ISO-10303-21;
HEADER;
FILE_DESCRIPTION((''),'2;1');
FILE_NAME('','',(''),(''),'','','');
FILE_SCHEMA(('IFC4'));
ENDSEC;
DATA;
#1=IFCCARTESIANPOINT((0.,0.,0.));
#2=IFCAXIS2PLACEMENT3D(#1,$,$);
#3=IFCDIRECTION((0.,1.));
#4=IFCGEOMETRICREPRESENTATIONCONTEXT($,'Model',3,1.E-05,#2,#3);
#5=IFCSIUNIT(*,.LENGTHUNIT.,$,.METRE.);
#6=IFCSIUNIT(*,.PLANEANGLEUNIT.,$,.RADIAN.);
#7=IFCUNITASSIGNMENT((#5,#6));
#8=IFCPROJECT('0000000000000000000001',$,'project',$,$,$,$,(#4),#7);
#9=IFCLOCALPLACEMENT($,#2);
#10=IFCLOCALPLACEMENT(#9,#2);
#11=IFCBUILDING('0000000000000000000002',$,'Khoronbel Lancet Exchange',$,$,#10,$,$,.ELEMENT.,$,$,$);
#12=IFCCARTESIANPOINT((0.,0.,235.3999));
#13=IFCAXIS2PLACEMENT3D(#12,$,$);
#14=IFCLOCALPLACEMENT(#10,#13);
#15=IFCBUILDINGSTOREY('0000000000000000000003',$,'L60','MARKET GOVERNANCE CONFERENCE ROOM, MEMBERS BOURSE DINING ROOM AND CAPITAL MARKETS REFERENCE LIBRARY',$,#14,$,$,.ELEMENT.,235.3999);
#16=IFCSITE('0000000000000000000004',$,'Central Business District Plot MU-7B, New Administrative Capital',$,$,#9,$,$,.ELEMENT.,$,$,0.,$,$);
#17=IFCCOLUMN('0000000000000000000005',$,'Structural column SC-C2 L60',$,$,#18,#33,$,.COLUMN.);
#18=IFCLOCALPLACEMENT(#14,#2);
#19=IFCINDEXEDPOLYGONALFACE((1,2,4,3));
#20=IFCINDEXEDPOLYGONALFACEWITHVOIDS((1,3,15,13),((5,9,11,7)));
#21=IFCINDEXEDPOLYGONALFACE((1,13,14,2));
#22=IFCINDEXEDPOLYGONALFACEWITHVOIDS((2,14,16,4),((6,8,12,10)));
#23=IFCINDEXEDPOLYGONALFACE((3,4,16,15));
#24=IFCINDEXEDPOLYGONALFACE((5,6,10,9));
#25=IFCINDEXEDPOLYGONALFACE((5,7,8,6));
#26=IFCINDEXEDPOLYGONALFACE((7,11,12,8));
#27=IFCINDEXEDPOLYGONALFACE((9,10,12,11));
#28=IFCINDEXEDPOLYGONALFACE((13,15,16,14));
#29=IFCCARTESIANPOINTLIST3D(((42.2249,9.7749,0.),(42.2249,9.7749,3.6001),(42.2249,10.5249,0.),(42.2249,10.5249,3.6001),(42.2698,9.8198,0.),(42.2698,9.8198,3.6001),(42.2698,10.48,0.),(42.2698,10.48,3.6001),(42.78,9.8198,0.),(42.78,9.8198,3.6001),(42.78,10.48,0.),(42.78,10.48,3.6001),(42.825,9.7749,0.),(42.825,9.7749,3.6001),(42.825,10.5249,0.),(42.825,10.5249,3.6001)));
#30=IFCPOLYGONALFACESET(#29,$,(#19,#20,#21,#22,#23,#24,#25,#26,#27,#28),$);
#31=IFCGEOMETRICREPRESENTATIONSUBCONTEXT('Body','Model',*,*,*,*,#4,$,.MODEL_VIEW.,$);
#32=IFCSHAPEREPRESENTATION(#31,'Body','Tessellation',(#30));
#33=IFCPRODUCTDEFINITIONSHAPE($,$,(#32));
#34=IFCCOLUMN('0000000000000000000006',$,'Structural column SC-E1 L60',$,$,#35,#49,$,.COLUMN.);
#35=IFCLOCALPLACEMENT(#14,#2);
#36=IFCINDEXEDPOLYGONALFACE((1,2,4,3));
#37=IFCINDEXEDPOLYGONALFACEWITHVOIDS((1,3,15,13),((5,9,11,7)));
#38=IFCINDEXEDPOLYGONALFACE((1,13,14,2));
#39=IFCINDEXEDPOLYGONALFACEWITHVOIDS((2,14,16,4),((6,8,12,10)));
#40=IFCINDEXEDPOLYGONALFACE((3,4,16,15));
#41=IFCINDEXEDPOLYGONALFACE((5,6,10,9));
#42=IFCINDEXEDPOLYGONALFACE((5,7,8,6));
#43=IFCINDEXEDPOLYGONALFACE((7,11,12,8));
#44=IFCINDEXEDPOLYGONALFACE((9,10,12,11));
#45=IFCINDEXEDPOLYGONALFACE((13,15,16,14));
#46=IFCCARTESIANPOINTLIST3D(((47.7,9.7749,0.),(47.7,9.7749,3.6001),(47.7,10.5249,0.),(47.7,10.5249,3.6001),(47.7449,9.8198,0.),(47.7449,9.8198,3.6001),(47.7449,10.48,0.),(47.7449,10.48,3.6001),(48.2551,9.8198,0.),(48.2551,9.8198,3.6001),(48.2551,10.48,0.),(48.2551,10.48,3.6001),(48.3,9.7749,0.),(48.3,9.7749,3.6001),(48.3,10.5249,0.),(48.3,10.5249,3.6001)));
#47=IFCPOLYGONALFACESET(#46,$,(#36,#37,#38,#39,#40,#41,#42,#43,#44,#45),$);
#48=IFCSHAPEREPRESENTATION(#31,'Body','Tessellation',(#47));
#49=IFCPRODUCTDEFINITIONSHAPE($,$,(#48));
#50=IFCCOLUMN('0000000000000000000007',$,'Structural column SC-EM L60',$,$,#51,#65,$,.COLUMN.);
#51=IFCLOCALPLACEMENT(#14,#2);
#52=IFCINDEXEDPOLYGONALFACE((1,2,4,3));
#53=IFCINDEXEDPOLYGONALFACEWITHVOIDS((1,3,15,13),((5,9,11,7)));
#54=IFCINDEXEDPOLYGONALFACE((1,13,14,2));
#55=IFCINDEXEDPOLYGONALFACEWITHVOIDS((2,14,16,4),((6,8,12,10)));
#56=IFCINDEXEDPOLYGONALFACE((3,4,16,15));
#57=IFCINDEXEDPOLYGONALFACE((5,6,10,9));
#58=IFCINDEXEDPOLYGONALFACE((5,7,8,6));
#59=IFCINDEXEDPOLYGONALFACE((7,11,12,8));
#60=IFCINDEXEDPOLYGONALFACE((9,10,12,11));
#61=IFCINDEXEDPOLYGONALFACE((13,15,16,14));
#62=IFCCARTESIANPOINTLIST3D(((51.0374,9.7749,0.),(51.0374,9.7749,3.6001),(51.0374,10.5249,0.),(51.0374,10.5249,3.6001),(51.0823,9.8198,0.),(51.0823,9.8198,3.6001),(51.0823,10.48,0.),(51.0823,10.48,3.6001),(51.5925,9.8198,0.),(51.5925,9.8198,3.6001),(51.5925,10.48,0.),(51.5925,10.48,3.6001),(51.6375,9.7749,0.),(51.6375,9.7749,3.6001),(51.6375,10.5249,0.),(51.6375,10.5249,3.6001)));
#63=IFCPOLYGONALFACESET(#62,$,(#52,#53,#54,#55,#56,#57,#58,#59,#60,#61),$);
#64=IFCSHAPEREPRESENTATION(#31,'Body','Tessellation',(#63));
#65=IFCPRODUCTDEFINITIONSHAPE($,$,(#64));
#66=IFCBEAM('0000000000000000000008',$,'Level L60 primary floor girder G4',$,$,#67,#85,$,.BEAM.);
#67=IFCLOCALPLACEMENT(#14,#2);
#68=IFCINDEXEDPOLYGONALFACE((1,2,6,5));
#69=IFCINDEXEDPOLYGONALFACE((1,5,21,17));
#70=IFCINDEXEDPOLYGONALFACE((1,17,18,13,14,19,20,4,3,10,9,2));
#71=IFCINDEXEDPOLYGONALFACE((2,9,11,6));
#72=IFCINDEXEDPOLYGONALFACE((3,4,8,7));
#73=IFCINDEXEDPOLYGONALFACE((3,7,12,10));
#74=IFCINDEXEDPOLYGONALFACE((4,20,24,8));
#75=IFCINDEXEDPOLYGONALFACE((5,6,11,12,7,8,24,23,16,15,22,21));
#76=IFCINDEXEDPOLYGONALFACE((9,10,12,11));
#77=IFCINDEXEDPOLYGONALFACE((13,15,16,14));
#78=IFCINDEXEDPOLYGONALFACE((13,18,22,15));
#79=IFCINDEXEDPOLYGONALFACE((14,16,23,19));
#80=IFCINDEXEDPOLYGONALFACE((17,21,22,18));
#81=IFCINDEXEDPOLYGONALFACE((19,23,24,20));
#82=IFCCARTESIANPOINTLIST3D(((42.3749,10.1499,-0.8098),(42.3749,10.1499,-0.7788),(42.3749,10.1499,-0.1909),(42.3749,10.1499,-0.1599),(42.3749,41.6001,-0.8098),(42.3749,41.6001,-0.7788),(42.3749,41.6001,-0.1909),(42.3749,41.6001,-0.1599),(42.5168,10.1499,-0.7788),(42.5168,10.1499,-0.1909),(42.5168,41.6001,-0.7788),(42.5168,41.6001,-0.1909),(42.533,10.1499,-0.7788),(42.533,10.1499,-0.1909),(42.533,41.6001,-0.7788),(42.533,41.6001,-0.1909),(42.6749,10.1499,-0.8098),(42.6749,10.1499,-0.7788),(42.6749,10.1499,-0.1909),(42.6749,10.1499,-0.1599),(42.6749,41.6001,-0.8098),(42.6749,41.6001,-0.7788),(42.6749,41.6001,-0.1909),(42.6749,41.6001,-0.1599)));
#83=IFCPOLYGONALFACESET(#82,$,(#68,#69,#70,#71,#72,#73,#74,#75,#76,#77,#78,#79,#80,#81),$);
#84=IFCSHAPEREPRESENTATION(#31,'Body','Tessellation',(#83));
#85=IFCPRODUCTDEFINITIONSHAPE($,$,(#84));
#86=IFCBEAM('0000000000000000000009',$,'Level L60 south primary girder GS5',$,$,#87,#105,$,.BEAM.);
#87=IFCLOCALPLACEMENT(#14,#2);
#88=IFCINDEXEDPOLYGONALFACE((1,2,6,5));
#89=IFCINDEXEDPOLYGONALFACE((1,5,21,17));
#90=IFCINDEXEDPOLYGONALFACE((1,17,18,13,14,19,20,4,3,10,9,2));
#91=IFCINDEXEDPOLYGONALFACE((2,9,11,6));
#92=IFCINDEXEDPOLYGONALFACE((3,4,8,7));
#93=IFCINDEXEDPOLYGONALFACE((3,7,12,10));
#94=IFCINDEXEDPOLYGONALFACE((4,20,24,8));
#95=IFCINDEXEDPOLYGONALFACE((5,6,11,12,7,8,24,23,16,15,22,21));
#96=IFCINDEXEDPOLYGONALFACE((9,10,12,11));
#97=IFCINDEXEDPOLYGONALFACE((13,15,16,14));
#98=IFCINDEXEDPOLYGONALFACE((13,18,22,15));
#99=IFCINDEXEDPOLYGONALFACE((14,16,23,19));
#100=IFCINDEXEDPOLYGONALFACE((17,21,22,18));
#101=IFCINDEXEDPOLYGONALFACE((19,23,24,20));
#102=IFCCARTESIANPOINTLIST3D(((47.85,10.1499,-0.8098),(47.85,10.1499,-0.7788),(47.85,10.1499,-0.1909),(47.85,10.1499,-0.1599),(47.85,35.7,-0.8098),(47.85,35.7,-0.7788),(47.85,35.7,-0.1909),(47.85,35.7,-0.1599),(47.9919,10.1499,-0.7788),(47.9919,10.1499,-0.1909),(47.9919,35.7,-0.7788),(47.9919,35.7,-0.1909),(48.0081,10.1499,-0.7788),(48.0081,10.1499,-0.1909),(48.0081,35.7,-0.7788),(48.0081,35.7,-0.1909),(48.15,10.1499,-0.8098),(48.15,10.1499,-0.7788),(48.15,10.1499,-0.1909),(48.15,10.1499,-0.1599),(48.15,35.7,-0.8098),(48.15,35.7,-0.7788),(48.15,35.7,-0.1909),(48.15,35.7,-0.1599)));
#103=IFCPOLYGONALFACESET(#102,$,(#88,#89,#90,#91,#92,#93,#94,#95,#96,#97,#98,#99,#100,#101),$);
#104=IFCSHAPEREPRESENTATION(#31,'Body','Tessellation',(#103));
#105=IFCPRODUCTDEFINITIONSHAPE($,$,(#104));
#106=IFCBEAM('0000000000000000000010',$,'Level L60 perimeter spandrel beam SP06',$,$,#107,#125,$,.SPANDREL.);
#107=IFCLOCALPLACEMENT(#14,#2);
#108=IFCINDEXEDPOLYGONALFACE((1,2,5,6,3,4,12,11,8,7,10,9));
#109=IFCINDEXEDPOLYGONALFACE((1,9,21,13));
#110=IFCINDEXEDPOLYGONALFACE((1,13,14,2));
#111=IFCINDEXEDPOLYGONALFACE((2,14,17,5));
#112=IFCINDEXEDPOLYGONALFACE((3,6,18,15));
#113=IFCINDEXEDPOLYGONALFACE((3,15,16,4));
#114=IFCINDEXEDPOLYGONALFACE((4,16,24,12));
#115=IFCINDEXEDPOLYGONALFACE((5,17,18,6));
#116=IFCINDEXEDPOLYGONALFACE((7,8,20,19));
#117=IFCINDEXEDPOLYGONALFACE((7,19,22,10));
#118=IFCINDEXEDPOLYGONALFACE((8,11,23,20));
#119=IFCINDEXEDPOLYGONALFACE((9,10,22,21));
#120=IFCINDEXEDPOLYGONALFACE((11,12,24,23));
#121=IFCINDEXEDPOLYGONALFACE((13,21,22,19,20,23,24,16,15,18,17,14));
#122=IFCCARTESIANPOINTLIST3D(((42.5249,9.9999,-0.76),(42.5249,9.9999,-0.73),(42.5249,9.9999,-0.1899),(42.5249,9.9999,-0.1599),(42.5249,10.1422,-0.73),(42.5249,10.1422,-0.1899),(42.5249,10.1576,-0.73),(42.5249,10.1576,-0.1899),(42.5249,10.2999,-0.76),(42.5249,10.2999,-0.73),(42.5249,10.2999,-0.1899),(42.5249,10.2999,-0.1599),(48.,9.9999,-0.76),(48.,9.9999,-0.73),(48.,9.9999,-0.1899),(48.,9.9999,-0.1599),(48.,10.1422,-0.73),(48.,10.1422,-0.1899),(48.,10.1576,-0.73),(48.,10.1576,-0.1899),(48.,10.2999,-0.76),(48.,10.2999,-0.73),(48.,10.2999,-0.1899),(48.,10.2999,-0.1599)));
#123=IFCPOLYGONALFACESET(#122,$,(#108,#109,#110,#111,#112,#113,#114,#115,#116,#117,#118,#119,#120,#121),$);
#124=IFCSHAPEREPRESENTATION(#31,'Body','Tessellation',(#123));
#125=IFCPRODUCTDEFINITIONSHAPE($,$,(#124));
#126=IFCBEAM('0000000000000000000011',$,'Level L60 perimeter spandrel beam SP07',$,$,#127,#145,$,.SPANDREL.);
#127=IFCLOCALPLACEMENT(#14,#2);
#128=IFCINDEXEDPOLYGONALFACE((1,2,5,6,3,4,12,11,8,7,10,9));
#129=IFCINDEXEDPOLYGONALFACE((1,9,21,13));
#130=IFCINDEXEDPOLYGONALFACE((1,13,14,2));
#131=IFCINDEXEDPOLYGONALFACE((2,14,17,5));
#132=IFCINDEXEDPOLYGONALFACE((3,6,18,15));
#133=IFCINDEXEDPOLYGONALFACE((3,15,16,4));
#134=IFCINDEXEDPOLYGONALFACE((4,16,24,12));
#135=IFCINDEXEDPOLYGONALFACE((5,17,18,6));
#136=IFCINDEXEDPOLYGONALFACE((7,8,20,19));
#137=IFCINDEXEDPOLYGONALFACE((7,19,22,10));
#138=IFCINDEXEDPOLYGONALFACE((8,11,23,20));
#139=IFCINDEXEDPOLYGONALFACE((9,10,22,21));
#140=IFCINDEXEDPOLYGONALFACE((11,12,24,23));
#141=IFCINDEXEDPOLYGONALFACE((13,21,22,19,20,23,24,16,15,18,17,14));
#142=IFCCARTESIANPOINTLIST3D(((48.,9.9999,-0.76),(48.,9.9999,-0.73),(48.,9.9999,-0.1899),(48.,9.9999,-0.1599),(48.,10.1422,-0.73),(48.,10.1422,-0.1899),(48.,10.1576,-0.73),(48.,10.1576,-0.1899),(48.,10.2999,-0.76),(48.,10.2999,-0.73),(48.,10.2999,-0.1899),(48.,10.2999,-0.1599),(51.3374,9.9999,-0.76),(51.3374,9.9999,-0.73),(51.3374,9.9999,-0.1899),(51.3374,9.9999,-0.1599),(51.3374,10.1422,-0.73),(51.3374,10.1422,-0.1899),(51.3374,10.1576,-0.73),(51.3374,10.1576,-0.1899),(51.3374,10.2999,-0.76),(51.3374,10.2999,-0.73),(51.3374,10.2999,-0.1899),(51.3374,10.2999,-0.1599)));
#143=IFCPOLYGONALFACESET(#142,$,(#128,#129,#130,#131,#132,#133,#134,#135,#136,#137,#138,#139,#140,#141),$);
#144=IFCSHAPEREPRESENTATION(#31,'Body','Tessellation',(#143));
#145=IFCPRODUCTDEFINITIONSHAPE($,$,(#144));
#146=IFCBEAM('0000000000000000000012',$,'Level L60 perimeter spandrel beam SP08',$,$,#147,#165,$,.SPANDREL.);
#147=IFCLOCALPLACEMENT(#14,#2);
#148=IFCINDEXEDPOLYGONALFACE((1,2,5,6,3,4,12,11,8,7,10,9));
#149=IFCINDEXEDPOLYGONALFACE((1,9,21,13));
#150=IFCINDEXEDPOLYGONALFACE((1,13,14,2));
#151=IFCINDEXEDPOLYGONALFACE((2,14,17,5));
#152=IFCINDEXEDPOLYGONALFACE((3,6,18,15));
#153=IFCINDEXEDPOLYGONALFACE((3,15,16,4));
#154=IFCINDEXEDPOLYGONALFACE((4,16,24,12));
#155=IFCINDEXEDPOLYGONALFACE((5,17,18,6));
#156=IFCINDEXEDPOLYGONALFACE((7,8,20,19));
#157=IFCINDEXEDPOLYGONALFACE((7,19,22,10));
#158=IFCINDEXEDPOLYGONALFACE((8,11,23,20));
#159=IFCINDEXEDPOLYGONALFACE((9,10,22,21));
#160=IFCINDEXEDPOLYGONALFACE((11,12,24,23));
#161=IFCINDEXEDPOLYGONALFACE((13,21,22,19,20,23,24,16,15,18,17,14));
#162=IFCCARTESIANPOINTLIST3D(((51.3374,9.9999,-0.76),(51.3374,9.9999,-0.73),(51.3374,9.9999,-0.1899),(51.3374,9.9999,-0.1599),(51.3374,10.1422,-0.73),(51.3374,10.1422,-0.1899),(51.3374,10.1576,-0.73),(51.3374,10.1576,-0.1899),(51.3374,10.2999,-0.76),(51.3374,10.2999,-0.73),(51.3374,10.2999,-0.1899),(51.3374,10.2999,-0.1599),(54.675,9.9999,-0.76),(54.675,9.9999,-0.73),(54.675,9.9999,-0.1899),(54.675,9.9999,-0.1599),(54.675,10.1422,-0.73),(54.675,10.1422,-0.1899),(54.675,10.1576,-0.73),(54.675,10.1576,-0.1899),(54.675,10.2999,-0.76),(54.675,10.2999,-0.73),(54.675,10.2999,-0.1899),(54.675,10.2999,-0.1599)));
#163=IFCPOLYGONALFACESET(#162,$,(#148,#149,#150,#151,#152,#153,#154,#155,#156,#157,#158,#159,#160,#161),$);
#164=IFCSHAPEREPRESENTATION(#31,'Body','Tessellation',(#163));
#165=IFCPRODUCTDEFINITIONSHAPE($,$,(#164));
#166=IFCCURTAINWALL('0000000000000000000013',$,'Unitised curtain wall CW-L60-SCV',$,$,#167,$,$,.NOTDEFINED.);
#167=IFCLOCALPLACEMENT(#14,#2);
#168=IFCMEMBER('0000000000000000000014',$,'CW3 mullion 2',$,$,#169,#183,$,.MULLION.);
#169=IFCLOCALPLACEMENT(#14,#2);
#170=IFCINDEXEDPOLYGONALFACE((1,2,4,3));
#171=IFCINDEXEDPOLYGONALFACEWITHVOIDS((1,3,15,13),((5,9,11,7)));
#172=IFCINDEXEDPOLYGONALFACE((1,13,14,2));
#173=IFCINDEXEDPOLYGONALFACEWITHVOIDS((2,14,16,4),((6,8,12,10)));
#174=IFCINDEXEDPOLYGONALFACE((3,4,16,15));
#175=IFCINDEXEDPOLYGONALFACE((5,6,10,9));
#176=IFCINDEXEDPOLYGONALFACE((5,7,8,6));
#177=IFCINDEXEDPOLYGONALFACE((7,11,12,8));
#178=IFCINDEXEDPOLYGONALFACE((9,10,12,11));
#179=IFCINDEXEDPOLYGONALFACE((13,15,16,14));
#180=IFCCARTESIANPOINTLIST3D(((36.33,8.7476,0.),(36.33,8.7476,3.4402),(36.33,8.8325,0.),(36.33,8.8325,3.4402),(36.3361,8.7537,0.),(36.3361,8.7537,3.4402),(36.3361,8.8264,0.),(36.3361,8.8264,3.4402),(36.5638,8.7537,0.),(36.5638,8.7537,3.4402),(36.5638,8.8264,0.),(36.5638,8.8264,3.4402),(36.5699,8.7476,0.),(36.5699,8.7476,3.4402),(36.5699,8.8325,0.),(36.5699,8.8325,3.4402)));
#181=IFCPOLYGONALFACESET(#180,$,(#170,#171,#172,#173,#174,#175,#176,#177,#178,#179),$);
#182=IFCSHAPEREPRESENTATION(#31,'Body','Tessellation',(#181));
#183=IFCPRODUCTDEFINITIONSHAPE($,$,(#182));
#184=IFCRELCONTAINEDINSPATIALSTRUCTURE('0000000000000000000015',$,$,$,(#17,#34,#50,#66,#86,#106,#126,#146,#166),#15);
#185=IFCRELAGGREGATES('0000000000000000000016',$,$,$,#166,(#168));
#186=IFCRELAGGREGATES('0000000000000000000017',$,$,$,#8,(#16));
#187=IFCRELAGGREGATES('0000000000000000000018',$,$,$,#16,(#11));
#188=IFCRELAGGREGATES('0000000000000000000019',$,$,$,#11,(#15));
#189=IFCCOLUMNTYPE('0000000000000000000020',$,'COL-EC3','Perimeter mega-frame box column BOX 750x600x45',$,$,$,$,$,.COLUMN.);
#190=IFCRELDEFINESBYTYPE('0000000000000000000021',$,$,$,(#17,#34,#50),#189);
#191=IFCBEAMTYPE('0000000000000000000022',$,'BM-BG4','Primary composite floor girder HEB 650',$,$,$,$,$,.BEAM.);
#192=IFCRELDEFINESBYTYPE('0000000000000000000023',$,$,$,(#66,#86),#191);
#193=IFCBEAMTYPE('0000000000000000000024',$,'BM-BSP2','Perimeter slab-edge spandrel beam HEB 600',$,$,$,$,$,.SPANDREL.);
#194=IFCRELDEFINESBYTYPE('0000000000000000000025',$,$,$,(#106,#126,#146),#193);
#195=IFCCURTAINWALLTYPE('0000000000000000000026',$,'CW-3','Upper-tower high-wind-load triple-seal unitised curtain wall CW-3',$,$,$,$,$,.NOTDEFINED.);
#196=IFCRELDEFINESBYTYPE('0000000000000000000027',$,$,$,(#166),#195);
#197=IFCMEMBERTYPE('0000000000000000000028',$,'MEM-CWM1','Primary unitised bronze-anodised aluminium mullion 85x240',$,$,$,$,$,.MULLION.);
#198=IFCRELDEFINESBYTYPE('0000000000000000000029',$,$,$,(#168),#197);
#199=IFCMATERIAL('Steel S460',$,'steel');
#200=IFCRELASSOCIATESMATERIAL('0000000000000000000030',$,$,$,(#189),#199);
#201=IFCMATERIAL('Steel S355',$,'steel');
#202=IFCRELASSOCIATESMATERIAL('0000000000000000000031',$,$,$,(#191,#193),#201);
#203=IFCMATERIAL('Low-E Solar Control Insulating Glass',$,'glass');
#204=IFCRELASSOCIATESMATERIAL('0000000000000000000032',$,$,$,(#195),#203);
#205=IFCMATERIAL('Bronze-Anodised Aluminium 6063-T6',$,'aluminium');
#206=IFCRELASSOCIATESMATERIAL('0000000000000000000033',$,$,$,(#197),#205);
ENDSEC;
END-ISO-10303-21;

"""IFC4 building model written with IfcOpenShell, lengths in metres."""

from ifc_helpers import new_model, si_unit, direction, frame, origin, origin_2d, place, context, subcontext, project, spatial, hollow_rectangle, i_section, extrude, material, material_profile, profile_set, type_object, element, aggregate, save


model = new_model("IFC4")

# Units and contexts
model_context = context("Model", 3, precision=1e-05, world=origin(), true_north=direction((0.0, 1.0)))
body_context = subcontext(model_context, "Body", "Model", "MODEL_VIEW")
ifc_project = project(units=[si_unit("LENGTHUNIT", "METRE"), si_unit("PLANEANGLEUNIT", "RADIAN")], contexts=[model_context])

# Site, building, storey
site_placement = place(None, origin())
site = spatial("IfcSite", under=ifc_project, at=site_placement, Name="Central Business District Plot MU-7B, New Administrative Capital", CompositionType="ELEMENT", RefElevation=0.0)
building_placement = place(site_placement, origin())
building = spatial("IfcBuilding", under=site, at=building_placement, Name="Khoronbel Lancet Exchange", CompositionType="ELEMENT")
storey_placement = place(building_placement, frame((0.0, 0.0, 235.3999)))
storey = spatial("IfcBuildingStorey", under=building, at=storey_placement, Name="L60", Description="MARKET GOVERNANCE CONFERENCE ROOM, MEMBERS BOURSE DINING ROOM AND CAPITAL MARKETS REFERENCE LIBRARY", CompositionType="ELEMENT", Elevation=235.3999)

# Columns
ifc_material_1 = material(Name="Steel S460", Category="steel")
ifc_material_profile_1 = material_profile(ifc_material_1, hollow_rectangle(XDim=0.6001, YDim=0.75, WallThickness=0.0449, at=origin_2d()), Name="BOX 750x600x45")
ifc_profile_set_1 = profile_set([ifc_material_profile_1], Name="Steel S460")
column_type = type_object("IfcColumnType", Name="COL-EC3", Description="Perimeter mega-frame box column BOX 750x600x45", PredefinedType="COLUMN", material=ifc_profile_set_1)
for number, where, z_axis, x_axis, name in (
    (1, (42.5249, 10.1499, 0.0), (0.0, 0.0, 1.0), (1.0, 0.0, 0.0), "Structural column SC-C2 L60"),
    (2, (48.0, 10.1499, 0.0), (0.0, 0.0, 1.0), (1.0, 0.0, 0.0), "Structural column SC-E1 L60"),
    (3, (51.3374, 10.1499, 0.0), (0.0, 0.0, 1.0), (1.0, 0.0, 0.0), "Structural column SC-EM L60"),
):
    element("IfcColumn", number, at=place(storey_placement, frame(where, z_axis=z_axis, x_axis=x_axis)), inside=storey, type_object=column_type, Name=name, PredefinedType="COLUMN", context=body_context, shape_type="SweptSolid", body=[
        extrude(hollow_rectangle(XDim=0.6001, YDim=0.75, WallThickness=0.0449, at=origin_2d()), origin(), (0.0, 0.0, 1.0), 3.6001),
    ])

# Beams
ifc_material_2 = material(Name="Steel S355", Category="steel")
ifc_material_profile_2 = material_profile(ifc_material_2, i_section(OverallWidth=0.3, OverallDepth=0.6499, WebThickness=0.0161, FlangeThickness=0.031, at=origin_2d()), Name="HEB 650")
ifc_profile_set_2 = profile_set([ifc_material_profile_2], Name="Steel S355")
beam_type_1 = type_object("IfcBeamType", Name="BM-BG4", Description="Primary composite floor girder HEB 650", PredefinedType="BEAM", material=ifc_profile_set_2)
beam_1_placement = place(storey_placement, frame((42.5249, 10.1499, -0.4849), z_axis=(0.0, 1.0, 0.0), x_axis=(-1.0, 0.0, 0.0)))
element("IfcBeam", 4, at=beam_1_placement, inside=storey, type_object=beam_type_1, Name="Level L60 primary floor girder G4", PredefinedType="BEAM", context=body_context, shape_type="SweptSolid", body=[
    extrude(i_section(OverallWidth=0.3, OverallDepth=0.6499, WebThickness=0.0161, FlangeThickness=0.031, at=origin_2d()), origin(), (0.0, 0.0, 1.0), 31.4502),
])
beam_2_placement = place(storey_placement, frame((48.0, 10.1499, -0.4849), z_axis=(0.0, 1.0, 0.0), x_axis=(-1.0, 0.0, 0.0)))
element("IfcBeam", 5, at=beam_2_placement, inside=storey, type_object=beam_type_1, Name="Level L60 south primary girder GS5", PredefinedType="BEAM", context=body_context, shape_type="SweptSolid", body=[
    extrude(i_section(OverallWidth=0.3, OverallDepth=0.6499, WebThickness=0.0161, FlangeThickness=0.031, at=origin_2d()), origin(), (0.0, 0.0, 1.0), 25.55),
])
ifc_material_profile_3 = material_profile(ifc_material_2, i_section(OverallWidth=0.3, OverallDepth=0.6001, WebThickness=0.0154, FlangeThickness=0.03, at=origin_2d()), Name="HEB 600")
ifc_profile_set_3 = profile_set([ifc_material_profile_3], Name="Steel S355")
beam_type_2 = type_object("IfcBeamType", Name="BM-BSP2", Description="Perimeter slab-edge spandrel beam HEB 600", PredefinedType="SPANDREL", material=ifc_profile_set_3)
beam_3_placement = place(storey_placement, frame((42.5249, 10.1499, -0.46), z_axis=(1.0, 0.0, 0.0), x_axis=(0.0, 1.0, 0.0)))
element("IfcBeam", 6, at=beam_3_placement, inside=storey, type_object=beam_type_2, Name="Level L60 perimeter spandrel beam SP06", PredefinedType="SPANDREL", context=body_context, shape_type="SweptSolid", body=[
    extrude(i_section(OverallWidth=0.3, OverallDepth=0.6001, WebThickness=0.0154, FlangeThickness=0.03, at=origin_2d()), origin(), (0.0, 0.0, 1.0), 5.4751),
])
beam_4_placement = place(storey_placement, frame((48.0, 10.1499, -0.46), z_axis=(1.0, 0.0, 0.0), x_axis=(0.0, 1.0, 0.0)))
element("IfcBeam", 7, at=beam_4_placement, inside=storey, type_object=beam_type_2, Name="Level L60 perimeter spandrel beam SP07", PredefinedType="SPANDREL", context=body_context, shape_type="SweptSolid", body=[
    extrude(i_section(OverallWidth=0.3, OverallDepth=0.6001, WebThickness=0.0154, FlangeThickness=0.03, at=origin_2d()), origin(), (0.0, 0.0, 1.0), 3.3374),
])
beam_5_placement = place(storey_placement, frame((51.3374, 10.1499, -0.46), z_axis=(1.0, 0.0, 0.0), x_axis=(0.0, 1.0, 0.0)))
element("IfcBeam", 8, at=beam_5_placement, inside=storey, type_object=beam_type_2, Name="Level L60 perimeter spandrel beam SP08", PredefinedType="SPANDREL", context=body_context, shape_type="SweptSolid", body=[
    extrude(i_section(OverallWidth=0.3, OverallDepth=0.6001, WebThickness=0.0154, FlangeThickness=0.03, at=origin_2d()), origin(), (0.0, 0.0, 1.0), 3.3376),
])

# Curtain wall, member
ifc_material_3 = material(Name="Low-E Solar Control Insulating Glass", Category="glass")
curtain_wall_type = type_object("IfcCurtainWallType", Name="CW-3", Description="Upper-tower high-wind-load triple-seal unitised curtain wall CW-3", PredefinedType="NOTDEFINED", material=ifc_material_3)
curtain_wall_1_placement = place(storey_placement, origin())
curtain_wall_1 = element("IfcCurtainWall", 9, at=curtain_wall_1_placement, inside=storey, type_object=curtain_wall_type, Name="Unitised curtain wall CW-L60-SCV", PredefinedType="NOTDEFINED")
ifc_material_4 = material(Name="Bronze-Anodised Aluminium 6063-T6", Category="aluminium")
ifc_material_profile_4 = material_profile(ifc_material_4, hollow_rectangle(XDim=0.085, YDim=0.24, WallThickness=0.0061, at=origin_2d()), Name="ALU MULLION 85x240")
ifc_profile_set_4 = profile_set([ifc_material_profile_4], Name="Bronze-Anodised Aluminium 6063-T6")
member_type_1 = type_object("IfcMemberType", Name="MEM-CWM1", Description="Primary unitised bronze-anodised aluminium mullion 85x240", PredefinedType="MULLION", material=ifc_profile_set_4)
member_1_placement = place(storey_placement, frame((36.45, 8.79, 0.0), z_axis=(0.0, 0.0, 1.0), x_axis=(0.0, 1.0, 0.0)))
member_1 = element("IfcMember", 10, at=member_1_placement, type_object=member_type_1, Name="CW3 mullion 2", PredefinedType="MULLION", context=body_context, shape_type="SweptSolid", body=[
    extrude(hollow_rectangle(XDim=0.085, YDim=0.24, WallThickness=0.0061, at=origin_2d()), origin(), (0.0, 0.0, 1.0), 3.4402),
])

aggregate(curtain_wall_1, [member_1])

save(model, "model.ifc")
